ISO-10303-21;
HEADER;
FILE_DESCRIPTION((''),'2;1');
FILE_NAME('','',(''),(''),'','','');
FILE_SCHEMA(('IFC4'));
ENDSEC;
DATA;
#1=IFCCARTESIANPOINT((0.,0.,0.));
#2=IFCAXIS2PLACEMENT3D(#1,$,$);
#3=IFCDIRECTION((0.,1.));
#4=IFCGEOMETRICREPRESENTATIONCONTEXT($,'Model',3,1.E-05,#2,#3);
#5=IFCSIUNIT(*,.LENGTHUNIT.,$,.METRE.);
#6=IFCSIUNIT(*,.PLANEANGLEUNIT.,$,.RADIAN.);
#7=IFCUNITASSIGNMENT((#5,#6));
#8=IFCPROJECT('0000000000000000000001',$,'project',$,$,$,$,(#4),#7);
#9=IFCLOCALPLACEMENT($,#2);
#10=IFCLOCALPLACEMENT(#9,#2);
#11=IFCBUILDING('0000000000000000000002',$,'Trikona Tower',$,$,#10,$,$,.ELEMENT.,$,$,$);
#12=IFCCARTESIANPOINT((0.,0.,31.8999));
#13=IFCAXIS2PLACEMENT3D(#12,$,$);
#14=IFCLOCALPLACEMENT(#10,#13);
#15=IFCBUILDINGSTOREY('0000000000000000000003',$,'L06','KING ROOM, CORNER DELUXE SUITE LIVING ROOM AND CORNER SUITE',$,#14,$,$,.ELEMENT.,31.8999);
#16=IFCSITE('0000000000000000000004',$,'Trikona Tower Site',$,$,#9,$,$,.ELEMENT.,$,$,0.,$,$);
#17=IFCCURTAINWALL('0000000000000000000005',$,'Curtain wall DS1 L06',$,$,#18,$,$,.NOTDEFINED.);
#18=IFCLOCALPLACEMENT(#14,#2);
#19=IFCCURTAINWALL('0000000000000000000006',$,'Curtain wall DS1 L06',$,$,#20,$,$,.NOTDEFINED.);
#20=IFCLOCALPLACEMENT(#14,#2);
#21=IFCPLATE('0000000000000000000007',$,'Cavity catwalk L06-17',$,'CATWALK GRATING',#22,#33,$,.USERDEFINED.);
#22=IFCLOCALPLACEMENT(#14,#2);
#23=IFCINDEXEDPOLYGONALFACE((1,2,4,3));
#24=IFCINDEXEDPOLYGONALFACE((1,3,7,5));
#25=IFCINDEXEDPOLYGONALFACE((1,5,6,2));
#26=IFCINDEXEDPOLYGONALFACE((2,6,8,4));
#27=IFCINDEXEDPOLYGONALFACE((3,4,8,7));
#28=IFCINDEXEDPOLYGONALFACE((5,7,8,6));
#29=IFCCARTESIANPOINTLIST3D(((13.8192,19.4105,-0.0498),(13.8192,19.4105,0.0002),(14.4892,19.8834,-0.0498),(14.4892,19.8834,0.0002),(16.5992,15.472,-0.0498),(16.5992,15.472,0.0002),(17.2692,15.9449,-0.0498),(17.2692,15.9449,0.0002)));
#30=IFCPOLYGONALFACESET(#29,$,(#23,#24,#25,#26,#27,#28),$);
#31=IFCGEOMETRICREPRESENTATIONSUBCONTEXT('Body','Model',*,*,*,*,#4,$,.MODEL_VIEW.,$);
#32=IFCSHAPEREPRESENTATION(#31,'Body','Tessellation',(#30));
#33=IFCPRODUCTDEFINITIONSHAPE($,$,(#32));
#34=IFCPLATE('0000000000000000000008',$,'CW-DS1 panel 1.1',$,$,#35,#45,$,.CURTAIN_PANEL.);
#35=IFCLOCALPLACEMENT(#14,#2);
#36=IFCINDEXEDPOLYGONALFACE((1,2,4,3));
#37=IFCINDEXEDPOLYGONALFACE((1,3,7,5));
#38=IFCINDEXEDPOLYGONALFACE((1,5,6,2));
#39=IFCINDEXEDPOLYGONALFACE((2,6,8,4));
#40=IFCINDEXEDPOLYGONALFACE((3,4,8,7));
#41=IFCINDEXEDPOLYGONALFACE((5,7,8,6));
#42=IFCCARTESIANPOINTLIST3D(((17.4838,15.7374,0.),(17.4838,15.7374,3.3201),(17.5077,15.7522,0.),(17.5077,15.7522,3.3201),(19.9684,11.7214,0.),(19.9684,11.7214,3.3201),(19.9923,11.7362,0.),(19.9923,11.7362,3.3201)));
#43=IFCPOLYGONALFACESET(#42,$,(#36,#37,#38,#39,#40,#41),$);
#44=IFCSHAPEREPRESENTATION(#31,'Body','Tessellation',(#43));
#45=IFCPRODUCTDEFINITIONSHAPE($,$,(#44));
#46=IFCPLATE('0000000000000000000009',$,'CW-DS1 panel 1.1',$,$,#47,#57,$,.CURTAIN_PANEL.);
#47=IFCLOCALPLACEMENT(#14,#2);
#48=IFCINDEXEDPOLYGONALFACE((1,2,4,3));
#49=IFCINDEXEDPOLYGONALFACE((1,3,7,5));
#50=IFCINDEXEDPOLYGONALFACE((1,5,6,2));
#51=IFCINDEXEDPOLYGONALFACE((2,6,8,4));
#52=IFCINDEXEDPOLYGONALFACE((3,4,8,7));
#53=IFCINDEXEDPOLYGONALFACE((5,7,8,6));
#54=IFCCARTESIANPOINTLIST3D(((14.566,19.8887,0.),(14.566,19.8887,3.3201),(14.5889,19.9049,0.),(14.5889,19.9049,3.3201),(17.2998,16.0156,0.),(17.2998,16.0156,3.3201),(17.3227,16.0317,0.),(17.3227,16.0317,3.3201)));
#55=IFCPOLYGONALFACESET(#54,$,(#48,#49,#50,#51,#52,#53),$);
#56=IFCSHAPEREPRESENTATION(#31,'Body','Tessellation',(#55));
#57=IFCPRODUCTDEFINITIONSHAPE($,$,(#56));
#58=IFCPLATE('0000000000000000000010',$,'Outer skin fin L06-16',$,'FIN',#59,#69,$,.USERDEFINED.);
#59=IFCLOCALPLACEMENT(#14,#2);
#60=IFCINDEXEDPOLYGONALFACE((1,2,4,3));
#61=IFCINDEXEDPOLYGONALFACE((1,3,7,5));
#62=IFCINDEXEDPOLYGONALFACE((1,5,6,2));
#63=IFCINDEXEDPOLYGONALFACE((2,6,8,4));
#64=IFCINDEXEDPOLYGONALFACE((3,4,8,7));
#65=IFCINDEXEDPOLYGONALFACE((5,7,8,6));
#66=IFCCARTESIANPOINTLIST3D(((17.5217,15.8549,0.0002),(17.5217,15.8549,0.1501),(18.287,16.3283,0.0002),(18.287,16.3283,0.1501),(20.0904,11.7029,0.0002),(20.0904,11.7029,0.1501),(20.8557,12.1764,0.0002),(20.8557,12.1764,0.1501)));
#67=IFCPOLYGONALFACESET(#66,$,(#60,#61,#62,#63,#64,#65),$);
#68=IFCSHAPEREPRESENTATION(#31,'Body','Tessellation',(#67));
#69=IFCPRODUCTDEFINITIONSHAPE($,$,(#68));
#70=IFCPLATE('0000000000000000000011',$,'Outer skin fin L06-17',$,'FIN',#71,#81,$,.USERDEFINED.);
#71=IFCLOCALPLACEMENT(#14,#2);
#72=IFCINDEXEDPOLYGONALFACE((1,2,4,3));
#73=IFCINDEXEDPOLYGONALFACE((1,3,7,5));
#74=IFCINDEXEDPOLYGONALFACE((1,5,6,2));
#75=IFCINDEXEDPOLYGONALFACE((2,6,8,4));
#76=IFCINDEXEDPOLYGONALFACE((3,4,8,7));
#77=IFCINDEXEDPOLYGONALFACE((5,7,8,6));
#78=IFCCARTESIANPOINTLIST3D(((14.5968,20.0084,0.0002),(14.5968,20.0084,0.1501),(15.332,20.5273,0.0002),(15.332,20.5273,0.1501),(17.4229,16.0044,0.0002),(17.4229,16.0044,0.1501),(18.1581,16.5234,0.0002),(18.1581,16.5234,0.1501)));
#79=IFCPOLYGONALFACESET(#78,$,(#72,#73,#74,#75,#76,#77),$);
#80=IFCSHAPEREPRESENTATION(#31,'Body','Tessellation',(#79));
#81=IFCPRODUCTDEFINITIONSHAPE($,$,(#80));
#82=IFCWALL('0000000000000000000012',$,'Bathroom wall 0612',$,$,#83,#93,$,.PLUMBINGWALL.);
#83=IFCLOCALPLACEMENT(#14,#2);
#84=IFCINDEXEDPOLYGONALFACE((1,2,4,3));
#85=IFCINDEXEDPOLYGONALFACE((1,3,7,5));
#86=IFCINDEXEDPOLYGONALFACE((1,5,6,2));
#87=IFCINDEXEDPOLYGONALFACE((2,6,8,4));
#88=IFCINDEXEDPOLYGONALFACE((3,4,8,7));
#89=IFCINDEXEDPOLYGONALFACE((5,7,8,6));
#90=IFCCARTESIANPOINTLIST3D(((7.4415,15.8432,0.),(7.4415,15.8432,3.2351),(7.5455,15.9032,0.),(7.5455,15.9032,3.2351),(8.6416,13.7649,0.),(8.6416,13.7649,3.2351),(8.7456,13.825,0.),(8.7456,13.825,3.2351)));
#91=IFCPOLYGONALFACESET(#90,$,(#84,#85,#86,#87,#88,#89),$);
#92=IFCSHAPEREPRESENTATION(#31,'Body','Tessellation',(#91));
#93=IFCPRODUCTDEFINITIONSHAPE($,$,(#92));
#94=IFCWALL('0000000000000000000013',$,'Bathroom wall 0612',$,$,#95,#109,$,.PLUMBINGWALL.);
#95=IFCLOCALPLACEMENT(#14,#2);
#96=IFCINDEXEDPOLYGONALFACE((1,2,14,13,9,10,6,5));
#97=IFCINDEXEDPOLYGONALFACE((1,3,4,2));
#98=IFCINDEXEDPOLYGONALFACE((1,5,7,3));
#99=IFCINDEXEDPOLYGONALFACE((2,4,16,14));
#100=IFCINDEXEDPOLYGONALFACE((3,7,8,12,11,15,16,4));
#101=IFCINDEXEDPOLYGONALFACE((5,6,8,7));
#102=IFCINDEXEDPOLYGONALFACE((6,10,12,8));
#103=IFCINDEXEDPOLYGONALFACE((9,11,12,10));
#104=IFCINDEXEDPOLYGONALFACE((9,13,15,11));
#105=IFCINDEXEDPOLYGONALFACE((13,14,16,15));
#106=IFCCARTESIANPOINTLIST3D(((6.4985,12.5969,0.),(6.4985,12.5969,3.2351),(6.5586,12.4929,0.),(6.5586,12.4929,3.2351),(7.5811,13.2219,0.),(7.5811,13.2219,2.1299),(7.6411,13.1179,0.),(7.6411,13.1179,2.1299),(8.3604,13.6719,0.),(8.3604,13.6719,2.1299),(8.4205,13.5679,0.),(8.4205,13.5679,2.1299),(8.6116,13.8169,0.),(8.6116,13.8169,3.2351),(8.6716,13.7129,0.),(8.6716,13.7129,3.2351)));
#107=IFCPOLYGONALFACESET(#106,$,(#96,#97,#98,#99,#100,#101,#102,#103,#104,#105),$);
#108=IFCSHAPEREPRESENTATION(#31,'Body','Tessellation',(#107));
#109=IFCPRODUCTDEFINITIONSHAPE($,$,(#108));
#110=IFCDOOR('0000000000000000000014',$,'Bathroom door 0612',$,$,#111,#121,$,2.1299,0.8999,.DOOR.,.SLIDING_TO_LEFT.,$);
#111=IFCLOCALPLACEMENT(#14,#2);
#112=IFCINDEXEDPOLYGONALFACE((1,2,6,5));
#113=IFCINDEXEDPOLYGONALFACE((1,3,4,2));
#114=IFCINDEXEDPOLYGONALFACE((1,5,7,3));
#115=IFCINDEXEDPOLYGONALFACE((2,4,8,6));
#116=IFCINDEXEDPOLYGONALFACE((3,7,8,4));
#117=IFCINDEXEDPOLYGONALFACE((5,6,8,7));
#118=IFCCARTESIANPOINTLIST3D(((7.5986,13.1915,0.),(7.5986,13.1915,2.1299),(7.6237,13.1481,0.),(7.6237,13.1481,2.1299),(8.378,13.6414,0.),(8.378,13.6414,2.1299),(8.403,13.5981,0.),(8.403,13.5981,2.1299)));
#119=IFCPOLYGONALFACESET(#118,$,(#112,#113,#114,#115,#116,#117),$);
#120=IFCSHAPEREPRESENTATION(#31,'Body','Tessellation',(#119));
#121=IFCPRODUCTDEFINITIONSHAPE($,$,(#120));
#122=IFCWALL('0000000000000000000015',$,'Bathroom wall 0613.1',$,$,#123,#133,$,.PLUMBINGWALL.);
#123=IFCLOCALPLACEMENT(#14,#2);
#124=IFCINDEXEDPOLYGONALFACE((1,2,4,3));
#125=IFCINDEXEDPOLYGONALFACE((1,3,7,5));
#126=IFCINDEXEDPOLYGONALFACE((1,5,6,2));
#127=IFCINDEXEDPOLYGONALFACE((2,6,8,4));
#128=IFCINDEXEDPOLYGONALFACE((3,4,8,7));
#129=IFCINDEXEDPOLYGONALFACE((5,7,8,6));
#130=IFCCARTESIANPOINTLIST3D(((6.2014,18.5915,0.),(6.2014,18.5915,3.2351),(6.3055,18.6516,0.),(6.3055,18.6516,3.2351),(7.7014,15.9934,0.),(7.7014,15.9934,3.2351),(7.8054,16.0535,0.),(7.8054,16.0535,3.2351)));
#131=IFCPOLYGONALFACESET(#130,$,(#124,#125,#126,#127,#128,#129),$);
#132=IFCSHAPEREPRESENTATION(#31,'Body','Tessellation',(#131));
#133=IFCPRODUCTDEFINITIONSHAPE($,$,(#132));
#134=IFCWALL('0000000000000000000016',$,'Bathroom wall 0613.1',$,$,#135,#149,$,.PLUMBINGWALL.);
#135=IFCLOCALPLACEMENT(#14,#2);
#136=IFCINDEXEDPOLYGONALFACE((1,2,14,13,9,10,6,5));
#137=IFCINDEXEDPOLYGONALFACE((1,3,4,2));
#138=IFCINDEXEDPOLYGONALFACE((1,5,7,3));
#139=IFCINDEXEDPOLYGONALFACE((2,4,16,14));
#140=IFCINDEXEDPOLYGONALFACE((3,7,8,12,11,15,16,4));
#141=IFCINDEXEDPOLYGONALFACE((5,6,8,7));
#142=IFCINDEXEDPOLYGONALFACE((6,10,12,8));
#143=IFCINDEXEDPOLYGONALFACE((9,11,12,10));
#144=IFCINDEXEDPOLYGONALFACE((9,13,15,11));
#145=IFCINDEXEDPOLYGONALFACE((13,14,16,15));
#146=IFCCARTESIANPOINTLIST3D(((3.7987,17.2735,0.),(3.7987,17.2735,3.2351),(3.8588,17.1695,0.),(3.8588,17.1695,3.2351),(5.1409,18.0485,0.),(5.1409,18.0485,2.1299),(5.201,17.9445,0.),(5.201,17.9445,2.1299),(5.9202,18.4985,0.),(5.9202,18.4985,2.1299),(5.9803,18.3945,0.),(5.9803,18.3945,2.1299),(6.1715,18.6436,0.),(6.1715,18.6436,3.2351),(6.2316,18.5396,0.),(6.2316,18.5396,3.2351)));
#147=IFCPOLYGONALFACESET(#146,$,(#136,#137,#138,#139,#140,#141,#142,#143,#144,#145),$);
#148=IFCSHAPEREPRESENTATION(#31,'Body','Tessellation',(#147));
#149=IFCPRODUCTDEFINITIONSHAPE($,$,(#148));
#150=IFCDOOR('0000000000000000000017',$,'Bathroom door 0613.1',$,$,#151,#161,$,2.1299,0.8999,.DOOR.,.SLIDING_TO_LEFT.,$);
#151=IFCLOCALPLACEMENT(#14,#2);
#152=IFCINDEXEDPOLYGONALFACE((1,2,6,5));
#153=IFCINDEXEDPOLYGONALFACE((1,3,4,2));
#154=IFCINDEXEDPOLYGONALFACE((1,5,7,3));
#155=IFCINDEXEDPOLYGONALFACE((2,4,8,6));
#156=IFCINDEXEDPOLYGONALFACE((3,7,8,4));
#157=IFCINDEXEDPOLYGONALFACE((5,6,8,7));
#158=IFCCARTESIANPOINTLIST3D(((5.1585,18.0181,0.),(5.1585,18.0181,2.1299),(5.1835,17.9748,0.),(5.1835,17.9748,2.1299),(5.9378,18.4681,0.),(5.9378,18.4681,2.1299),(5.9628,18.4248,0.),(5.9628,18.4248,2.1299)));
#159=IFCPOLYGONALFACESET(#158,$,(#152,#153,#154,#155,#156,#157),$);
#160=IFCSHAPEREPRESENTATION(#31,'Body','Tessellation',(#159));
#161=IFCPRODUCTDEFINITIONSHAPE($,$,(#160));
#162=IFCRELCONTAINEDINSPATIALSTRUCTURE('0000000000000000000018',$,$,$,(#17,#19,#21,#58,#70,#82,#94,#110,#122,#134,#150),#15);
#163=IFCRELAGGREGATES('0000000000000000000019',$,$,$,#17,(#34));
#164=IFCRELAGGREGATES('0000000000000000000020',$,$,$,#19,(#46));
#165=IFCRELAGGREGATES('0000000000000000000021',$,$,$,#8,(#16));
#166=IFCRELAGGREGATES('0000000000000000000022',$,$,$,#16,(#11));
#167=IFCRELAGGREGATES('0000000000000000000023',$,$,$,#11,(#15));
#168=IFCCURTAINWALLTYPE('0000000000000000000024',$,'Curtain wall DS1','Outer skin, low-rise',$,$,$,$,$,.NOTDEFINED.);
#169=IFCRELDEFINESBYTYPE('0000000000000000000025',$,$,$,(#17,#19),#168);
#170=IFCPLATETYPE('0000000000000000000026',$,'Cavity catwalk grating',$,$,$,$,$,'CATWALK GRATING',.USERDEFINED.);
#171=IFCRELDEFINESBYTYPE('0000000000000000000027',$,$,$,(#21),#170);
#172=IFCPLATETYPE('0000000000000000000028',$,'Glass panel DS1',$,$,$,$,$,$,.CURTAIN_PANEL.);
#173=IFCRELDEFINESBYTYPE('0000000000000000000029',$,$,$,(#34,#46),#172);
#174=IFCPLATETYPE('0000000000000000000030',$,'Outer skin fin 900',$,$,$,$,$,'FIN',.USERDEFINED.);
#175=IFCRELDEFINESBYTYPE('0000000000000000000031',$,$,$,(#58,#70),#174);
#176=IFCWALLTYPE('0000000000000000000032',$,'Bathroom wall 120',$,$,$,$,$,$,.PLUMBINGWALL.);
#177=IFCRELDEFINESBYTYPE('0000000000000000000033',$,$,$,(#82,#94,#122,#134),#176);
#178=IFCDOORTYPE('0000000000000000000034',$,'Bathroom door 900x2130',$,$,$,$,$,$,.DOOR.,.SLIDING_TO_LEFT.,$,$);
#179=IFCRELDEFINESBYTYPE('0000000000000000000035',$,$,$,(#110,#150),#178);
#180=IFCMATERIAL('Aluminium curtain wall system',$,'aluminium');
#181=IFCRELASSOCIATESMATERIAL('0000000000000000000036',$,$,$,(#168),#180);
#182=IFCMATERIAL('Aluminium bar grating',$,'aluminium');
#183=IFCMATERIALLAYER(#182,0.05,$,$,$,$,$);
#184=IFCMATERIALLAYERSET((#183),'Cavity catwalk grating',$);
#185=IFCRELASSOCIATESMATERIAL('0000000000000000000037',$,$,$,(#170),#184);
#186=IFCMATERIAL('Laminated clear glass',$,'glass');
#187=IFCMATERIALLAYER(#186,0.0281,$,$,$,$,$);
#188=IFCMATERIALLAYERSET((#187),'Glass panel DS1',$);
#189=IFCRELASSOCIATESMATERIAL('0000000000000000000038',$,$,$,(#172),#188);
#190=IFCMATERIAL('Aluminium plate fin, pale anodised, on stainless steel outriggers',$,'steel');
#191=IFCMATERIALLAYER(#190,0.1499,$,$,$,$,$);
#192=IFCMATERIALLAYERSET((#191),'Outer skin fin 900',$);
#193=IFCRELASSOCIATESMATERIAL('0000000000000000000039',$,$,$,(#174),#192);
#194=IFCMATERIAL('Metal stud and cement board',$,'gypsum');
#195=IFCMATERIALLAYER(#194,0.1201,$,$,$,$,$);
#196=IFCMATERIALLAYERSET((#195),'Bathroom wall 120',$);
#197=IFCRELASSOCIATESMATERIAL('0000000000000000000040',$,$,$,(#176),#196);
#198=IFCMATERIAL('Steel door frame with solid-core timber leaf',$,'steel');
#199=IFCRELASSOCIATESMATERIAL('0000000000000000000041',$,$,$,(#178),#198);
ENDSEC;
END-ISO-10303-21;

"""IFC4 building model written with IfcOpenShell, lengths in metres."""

from ifc_helpers import new_model, si_unit, direction, frame, frame_2d, origin, origin_2d, place, context, subcontext, project, spatial, rectangle, extrude, material, layer, layer_set, type_object, element, fill, aggregate, save


model = new_model("IFC4")

# Units and contexts
model_context = context("Model", 3, precision=1e-05, world=origin(), true_north=direction((0.0, 1.0)))
body_context = subcontext(model_context, "Body", "Model", "MODEL_VIEW")
ifc_project = project(units=[si_unit("LENGTHUNIT", "METRE"), si_unit("PLANEANGLEUNIT", "RADIAN")], contexts=[model_context])

# Site, building, storey
site_placement = place(None, origin())
site = spatial("IfcSite", under=ifc_project, at=site_placement, Name="Trikona Tower Site", CompositionType="ELEMENT", RefElevation=0.0)
building_placement = place(site_placement, origin())
building = spatial("IfcBuilding", under=site, at=building_placement, Name="Trikona Tower", CompositionType="ELEMENT")
storey_placement = place(building_placement, frame((0.0, 0.0, 31.8999)))
storey = spatial("IfcBuildingStorey", under=building, at=storey_placement, Name="L06", Description="KING ROOM, CORNER DELUXE SUITE LIVING ROOM AND CORNER SUITE", CompositionType="ELEMENT", Elevation=31.8999)

# Shared definitions
ifc_material_1 = material(Name="Aluminium curtain wall system", Category="aluminium")
curtain_wall_type = type_object("IfcCurtainWallType", Name="Curtain wall DS1", Description="Outer skin, low-rise", PredefinedType="NOTDEFINED", material=ifc_material_1)

# Curtain wall
curtain_wall_1_placement = place(storey_placement, origin())
curtain_wall_1 = element("IfcCurtainWall", 1, at=curtain_wall_1_placement, inside=storey, type_object=curtain_wall_type, Name="Curtain wall DS1 L06", PredefinedType="NOTDEFINED")

# Curtain wall
curtain_wall_2_placement = place(storey_placement, origin())
curtain_wall_2 = element("IfcCurtainWall", 2, at=curtain_wall_2_placement, inside=storey, type_object=curtain_wall_type, Name="Curtain wall DS1 L06", PredefinedType="NOTDEFINED")

# Plate
ifc_material_2 = material(Name="Aluminium bar grating", Category="aluminium")
ifc_layer_1 = layer(ifc_material_2, 0.05)
ifc_layer_set_1 = layer_set([ifc_layer_1], Name="Cavity catwalk grating")
plate_type_1 = type_object("IfcPlateType", Name="Cavity catwalk grating", ElementType="CATWALK GRATING", PredefinedType="USERDEFINED", material=ifc_layer_set_1)
plate_1_placement = place(storey_placement, frame((15.5442, 17.6777, -0.0498), z_axis=(0.0, 0.0, 1.0), x_axis=(-0.576662, 0.816983, 0.0)))
element("IfcPlate", 3, at=plate_1_placement, inside=storey, type_object=plate_type_1, Name="Cavity catwalk L06-17", ObjectType="CATWALK GRATING", PredefinedType="USERDEFINED", context=body_context, shape_type="SweptSolid", body=[
    extrude(rectangle(XDim=4.8208, YDim=0.8201, at=origin_2d()), origin(), (0.0, 0.0, 1.0), 0.05),
])

# Plates
ifc_material_3 = material(Name="Laminated clear glass", Category="glass")
ifc_layer_2 = layer(ifc_material_3, 0.0281)
ifc_layer_set_2 = layer_set([ifc_layer_2], Name="Glass panel DS1")
plate_type_2 = type_object("IfcPlateType", Name="Glass panel DS1", PredefinedType="CURTAIN_PANEL", material=ifc_layer_set_2)
plate_2_placement = place(storey_placement, frame((18.738, 13.7368, 0.0), z_axis=(0.0, 0.0, 1.0), x_axis=(-0.52612, 0.85041, 0.0)))
plate_2 = element("IfcPlate", 4, at=plate_2_placement, type_object=plate_type_2, Name="CW-DS1 panel 1.1", PredefinedType="CURTAIN_PANEL", context=body_context, shape_type="SweptSolid", body=[
    extrude(rectangle(XDim=4.7224, YDim=0.0281, at=origin_2d()), origin(), (0.0, 0.0, 1.0), 3.3201),
])
aggregate(curtain_wall_1, [plate_2])
plate_3_placement = place(storey_placement, frame((15.9443, 17.9602, 0.0), z_axis=(0.0, 0.0, 1.0), x_axis=(-0.576658, 0.816985, 0.0)))
plate_3 = element("IfcPlate", 5, at=plate_3_placement, type_object=plate_type_2, Name="CW-DS1 panel 1.1", PredefinedType="CURTAIN_PANEL", context=body_context, shape_type="SweptSolid", body=[
    extrude(rectangle(XDim=4.7407, YDim=0.0281, at=origin_2d()), origin(), (0.0, 0.0, 1.0), 3.3201),
])
aggregate(curtain_wall_2, [plate_3])

# Plates
ifc_material_4 = material(Name="Aluminium plate fin, pale anodised, on stainless steel outriggers", Category="steel")
ifc_layer_3 = layer(ifc_material_4, 0.1499)
ifc_layer_set_3 = layer_set([ifc_layer_3], Name="Outer skin fin 900")
plate_type_3 = type_object("IfcPlateType", Name="Outer skin fin 900", ElementType="FIN", PredefinedType="USERDEFINED", material=ifc_layer_set_3)
plate_4_placement = place(storey_placement, frame((19.1887, 14.0156, 0.0002), z_axis=(0.0, 0.0, 1.0), x_axis=(-0.526119, 0.850411, 0.0)))
element("IfcPlate", 6, at=plate_4_placement, inside=storey, type_object=plate_type_3, Name="Outer skin fin L06-16", ObjectType="FIN", PredefinedType="USERDEFINED", context=body_context, shape_type="SweptSolid", body=[
    extrude(rectangle(XDim=4.8823, YDim=0.8999, at=origin_2d()), origin(), (0.0, 0.0, 1.0), 0.1499),
])
plate_5_placement = place(storey_placement, frame((16.3774, 18.2659, 0.0002), z_axis=(0.0, 0.0, 1.0), x_axis=(-0.576662, 0.816983, 0.0)))
element("IfcPlate", 7, at=plate_5_placement, inside=storey, type_object=plate_type_3, Name="Outer skin fin L06-17", ObjectType="FIN", PredefinedType="USERDEFINED", context=body_context, shape_type="SweptSolid", body=[
    extrude(rectangle(XDim=4.9009, YDim=0.8999, at=origin_2d()), origin(), (0.0, 0.0, 1.0), 0.1499),
])

# Wall
ifc_material_5 = material(Name="Metal stud and cement board", Category="gypsum")
ifc_layer_4 = layer(ifc_material_5, 0.1201)
ifc_layer_set_4 = layer_set([ifc_layer_4], Name="Bathroom wall 120")
wall_type_1 = type_object("IfcWallType", Name="Bathroom wall 120", PredefinedType="PLUMBINGWALL", material=ifc_layer_set_4)
wall_1_placement = place(storey_placement, frame((8.6936, 13.7949, 0.0), z_axis=(0.0, 0.0, 1.0), x_axis=(-0.500078, 0.865981, 0.0)))
element("IfcWall", 8, at=wall_1_placement, inside=storey, type_object=wall_type_1, Name="Bathroom wall 0612", PredefinedType="PLUMBINGWALL", context=body_context, shape_type="SweptSolid", body=[
    extrude(rectangle(XDim=2.3999, YDim=0.1201, at=frame_2d((1.2, 0.0))), origin(), (0.0, 0.0, 1.0), 3.2351),
])

# Wall, opening, door
wall_2_placement = place(storey_placement, frame((6.5286, 12.5449, 0.0), z_axis=(0.0, 0.0, 1.0), x_axis=(0.866024, 0.500003, 0.0)))
wall_2 = element("IfcWall", 9, at=wall_2_placement, inside=storey, type_object=wall_type_1, Name="Bathroom wall 0612", PredefinedType="PLUMBINGWALL", context=body_context, shape_type="SweptSolid", body=[
    extrude(rectangle(XDim=2.4399, YDim=0.1201, at=frame_2d((1.22, 0.0))), origin(), (0.0, 0.0, 1.0), 3.2351),
])
opening_1_placement = place(wall_2_placement, frame((1.25, 0.0, 0.0)))
opening_1 = element("IfcOpeningElement", 10, at=opening_1_placement, cuts=wall_2, PredefinedType="OPENING", context=body_context, shape_type="SweptSolid", body=[
    extrude(rectangle(XDim=0.8999, YDim=2.1299, at=frame_2d((0.45, 1.0649))), frame((0.0, 0.0701, 0.0), z_axis=(0.0, -1.0, 0.0), x_axis=(1.0, 0.0, 0.0)), (0.0, 0.0, 1.0), 0.1401),
])
ifc_material_6 = material(Name="Steel door frame with solid-core timber leaf", Category="steel")
door_type_1 = type_object("IfcDoorType", Name="Bathroom door 900x2130", OperationType="SLIDING_TO_LEFT", PredefinedType="DOOR", material=ifc_material_6)
door_1_placement = place(opening_1_placement, origin())
door_1 = element("IfcDoor", 11, at=door_1_placement, inside=storey, type_object=door_type_1, Name="Bathroom door 0612", OperationType="SLIDING_TO_LEFT", OverallHeight=2.1299, OverallWidth=0.8999, PredefinedType="DOOR", context=body_context, shape_type="SweptSolid", body=[
    extrude(rectangle(XDim=0.8999, YDim=2.1299, at=frame_2d((0.45, 1.0649))), frame((0.0, 0.0249, 0.0), z_axis=(0.0, -1.0, 0.0), x_axis=(1.0, 0.0, 0.0)), (0.0, 0.0, 1.0), 0.05),
])
fill(opening_1, door_1)

# Wall
wall_3_placement = place(storey_placement, frame((7.7534, 16.0234, 0.0), z_axis=(0.0, 0.0, 1.0), x_axis=(-0.49999, 0.866031, 0.0)))
element("IfcWall", 12, at=wall_3_placement, inside=storey, type_object=wall_type_1, Name="Bathroom wall 0613.1", PredefinedType="PLUMBINGWALL", context=body_context, shape_type="SweptSolid", body=[
    extrude(rectangle(XDim=3.0, YDim=0.1201, at=frame_2d((1.5, 0.0))), origin(), (0.0, 0.0, 1.0), 3.2351),
])

# Wall, opening, door
wall_4_placement = place(storey_placement, frame((3.8286, 17.2214, 0.0), z_axis=(0.0, 0.0, 1.0), x_axis=(0.865997, 0.500049, 0.0)))
wall_4 = element("IfcWall", 13, at=wall_4_placement, inside=storey, type_object=wall_type_1, Name="Bathroom wall 0613.1", PredefinedType="PLUMBINGWALL", context=body_context, shape_type="SweptSolid", body=[
    extrude(rectangle(XDim=2.74, YDim=0.1201, at=frame_2d((1.3701, 0.0))), origin(), (0.0, 0.0, 1.0), 3.2351),
])
opening_2_placement = place(wall_4_placement, frame((1.55, 0.0, 0.0)))
opening_2 = element("IfcOpeningElement", 14, at=opening_2_placement, cuts=wall_4, PredefinedType="OPENING", context=body_context, shape_type="SweptSolid", body=[
    extrude(rectangle(XDim=0.8999, YDim=2.1299, at=frame_2d((0.45, 1.0649))), frame((0.0, 0.0701, 0.0), z_axis=(0.0, -1.0, 0.0), x_axis=(1.0, 0.0, 0.0)), (0.0, 0.0, 1.0), 0.1401),
])
door_2_placement = place(opening_2_placement, origin())
door_2 = element("IfcDoor", 15, at=door_2_placement, inside=storey, type_object=door_type_1, Name="Bathroom door 0613.1", OperationType="SLIDING_TO_LEFT", OverallHeight=2.1299, OverallWidth=0.8999, PredefinedType="DOOR", context=body_context, shape_type="SweptSolid", body=[
    extrude(rectangle(XDim=0.8999, YDim=2.1299, at=frame_2d((0.45, 1.0649))), frame((0.0, 0.0249, 0.0), z_axis=(0.0, -1.0, 0.0), x_axis=(1.0, 0.0, 0.0)), (0.0, 0.0, 1.0), 0.05),
])
fill(opening_2, door_2)

save(model, "model.ifc")
